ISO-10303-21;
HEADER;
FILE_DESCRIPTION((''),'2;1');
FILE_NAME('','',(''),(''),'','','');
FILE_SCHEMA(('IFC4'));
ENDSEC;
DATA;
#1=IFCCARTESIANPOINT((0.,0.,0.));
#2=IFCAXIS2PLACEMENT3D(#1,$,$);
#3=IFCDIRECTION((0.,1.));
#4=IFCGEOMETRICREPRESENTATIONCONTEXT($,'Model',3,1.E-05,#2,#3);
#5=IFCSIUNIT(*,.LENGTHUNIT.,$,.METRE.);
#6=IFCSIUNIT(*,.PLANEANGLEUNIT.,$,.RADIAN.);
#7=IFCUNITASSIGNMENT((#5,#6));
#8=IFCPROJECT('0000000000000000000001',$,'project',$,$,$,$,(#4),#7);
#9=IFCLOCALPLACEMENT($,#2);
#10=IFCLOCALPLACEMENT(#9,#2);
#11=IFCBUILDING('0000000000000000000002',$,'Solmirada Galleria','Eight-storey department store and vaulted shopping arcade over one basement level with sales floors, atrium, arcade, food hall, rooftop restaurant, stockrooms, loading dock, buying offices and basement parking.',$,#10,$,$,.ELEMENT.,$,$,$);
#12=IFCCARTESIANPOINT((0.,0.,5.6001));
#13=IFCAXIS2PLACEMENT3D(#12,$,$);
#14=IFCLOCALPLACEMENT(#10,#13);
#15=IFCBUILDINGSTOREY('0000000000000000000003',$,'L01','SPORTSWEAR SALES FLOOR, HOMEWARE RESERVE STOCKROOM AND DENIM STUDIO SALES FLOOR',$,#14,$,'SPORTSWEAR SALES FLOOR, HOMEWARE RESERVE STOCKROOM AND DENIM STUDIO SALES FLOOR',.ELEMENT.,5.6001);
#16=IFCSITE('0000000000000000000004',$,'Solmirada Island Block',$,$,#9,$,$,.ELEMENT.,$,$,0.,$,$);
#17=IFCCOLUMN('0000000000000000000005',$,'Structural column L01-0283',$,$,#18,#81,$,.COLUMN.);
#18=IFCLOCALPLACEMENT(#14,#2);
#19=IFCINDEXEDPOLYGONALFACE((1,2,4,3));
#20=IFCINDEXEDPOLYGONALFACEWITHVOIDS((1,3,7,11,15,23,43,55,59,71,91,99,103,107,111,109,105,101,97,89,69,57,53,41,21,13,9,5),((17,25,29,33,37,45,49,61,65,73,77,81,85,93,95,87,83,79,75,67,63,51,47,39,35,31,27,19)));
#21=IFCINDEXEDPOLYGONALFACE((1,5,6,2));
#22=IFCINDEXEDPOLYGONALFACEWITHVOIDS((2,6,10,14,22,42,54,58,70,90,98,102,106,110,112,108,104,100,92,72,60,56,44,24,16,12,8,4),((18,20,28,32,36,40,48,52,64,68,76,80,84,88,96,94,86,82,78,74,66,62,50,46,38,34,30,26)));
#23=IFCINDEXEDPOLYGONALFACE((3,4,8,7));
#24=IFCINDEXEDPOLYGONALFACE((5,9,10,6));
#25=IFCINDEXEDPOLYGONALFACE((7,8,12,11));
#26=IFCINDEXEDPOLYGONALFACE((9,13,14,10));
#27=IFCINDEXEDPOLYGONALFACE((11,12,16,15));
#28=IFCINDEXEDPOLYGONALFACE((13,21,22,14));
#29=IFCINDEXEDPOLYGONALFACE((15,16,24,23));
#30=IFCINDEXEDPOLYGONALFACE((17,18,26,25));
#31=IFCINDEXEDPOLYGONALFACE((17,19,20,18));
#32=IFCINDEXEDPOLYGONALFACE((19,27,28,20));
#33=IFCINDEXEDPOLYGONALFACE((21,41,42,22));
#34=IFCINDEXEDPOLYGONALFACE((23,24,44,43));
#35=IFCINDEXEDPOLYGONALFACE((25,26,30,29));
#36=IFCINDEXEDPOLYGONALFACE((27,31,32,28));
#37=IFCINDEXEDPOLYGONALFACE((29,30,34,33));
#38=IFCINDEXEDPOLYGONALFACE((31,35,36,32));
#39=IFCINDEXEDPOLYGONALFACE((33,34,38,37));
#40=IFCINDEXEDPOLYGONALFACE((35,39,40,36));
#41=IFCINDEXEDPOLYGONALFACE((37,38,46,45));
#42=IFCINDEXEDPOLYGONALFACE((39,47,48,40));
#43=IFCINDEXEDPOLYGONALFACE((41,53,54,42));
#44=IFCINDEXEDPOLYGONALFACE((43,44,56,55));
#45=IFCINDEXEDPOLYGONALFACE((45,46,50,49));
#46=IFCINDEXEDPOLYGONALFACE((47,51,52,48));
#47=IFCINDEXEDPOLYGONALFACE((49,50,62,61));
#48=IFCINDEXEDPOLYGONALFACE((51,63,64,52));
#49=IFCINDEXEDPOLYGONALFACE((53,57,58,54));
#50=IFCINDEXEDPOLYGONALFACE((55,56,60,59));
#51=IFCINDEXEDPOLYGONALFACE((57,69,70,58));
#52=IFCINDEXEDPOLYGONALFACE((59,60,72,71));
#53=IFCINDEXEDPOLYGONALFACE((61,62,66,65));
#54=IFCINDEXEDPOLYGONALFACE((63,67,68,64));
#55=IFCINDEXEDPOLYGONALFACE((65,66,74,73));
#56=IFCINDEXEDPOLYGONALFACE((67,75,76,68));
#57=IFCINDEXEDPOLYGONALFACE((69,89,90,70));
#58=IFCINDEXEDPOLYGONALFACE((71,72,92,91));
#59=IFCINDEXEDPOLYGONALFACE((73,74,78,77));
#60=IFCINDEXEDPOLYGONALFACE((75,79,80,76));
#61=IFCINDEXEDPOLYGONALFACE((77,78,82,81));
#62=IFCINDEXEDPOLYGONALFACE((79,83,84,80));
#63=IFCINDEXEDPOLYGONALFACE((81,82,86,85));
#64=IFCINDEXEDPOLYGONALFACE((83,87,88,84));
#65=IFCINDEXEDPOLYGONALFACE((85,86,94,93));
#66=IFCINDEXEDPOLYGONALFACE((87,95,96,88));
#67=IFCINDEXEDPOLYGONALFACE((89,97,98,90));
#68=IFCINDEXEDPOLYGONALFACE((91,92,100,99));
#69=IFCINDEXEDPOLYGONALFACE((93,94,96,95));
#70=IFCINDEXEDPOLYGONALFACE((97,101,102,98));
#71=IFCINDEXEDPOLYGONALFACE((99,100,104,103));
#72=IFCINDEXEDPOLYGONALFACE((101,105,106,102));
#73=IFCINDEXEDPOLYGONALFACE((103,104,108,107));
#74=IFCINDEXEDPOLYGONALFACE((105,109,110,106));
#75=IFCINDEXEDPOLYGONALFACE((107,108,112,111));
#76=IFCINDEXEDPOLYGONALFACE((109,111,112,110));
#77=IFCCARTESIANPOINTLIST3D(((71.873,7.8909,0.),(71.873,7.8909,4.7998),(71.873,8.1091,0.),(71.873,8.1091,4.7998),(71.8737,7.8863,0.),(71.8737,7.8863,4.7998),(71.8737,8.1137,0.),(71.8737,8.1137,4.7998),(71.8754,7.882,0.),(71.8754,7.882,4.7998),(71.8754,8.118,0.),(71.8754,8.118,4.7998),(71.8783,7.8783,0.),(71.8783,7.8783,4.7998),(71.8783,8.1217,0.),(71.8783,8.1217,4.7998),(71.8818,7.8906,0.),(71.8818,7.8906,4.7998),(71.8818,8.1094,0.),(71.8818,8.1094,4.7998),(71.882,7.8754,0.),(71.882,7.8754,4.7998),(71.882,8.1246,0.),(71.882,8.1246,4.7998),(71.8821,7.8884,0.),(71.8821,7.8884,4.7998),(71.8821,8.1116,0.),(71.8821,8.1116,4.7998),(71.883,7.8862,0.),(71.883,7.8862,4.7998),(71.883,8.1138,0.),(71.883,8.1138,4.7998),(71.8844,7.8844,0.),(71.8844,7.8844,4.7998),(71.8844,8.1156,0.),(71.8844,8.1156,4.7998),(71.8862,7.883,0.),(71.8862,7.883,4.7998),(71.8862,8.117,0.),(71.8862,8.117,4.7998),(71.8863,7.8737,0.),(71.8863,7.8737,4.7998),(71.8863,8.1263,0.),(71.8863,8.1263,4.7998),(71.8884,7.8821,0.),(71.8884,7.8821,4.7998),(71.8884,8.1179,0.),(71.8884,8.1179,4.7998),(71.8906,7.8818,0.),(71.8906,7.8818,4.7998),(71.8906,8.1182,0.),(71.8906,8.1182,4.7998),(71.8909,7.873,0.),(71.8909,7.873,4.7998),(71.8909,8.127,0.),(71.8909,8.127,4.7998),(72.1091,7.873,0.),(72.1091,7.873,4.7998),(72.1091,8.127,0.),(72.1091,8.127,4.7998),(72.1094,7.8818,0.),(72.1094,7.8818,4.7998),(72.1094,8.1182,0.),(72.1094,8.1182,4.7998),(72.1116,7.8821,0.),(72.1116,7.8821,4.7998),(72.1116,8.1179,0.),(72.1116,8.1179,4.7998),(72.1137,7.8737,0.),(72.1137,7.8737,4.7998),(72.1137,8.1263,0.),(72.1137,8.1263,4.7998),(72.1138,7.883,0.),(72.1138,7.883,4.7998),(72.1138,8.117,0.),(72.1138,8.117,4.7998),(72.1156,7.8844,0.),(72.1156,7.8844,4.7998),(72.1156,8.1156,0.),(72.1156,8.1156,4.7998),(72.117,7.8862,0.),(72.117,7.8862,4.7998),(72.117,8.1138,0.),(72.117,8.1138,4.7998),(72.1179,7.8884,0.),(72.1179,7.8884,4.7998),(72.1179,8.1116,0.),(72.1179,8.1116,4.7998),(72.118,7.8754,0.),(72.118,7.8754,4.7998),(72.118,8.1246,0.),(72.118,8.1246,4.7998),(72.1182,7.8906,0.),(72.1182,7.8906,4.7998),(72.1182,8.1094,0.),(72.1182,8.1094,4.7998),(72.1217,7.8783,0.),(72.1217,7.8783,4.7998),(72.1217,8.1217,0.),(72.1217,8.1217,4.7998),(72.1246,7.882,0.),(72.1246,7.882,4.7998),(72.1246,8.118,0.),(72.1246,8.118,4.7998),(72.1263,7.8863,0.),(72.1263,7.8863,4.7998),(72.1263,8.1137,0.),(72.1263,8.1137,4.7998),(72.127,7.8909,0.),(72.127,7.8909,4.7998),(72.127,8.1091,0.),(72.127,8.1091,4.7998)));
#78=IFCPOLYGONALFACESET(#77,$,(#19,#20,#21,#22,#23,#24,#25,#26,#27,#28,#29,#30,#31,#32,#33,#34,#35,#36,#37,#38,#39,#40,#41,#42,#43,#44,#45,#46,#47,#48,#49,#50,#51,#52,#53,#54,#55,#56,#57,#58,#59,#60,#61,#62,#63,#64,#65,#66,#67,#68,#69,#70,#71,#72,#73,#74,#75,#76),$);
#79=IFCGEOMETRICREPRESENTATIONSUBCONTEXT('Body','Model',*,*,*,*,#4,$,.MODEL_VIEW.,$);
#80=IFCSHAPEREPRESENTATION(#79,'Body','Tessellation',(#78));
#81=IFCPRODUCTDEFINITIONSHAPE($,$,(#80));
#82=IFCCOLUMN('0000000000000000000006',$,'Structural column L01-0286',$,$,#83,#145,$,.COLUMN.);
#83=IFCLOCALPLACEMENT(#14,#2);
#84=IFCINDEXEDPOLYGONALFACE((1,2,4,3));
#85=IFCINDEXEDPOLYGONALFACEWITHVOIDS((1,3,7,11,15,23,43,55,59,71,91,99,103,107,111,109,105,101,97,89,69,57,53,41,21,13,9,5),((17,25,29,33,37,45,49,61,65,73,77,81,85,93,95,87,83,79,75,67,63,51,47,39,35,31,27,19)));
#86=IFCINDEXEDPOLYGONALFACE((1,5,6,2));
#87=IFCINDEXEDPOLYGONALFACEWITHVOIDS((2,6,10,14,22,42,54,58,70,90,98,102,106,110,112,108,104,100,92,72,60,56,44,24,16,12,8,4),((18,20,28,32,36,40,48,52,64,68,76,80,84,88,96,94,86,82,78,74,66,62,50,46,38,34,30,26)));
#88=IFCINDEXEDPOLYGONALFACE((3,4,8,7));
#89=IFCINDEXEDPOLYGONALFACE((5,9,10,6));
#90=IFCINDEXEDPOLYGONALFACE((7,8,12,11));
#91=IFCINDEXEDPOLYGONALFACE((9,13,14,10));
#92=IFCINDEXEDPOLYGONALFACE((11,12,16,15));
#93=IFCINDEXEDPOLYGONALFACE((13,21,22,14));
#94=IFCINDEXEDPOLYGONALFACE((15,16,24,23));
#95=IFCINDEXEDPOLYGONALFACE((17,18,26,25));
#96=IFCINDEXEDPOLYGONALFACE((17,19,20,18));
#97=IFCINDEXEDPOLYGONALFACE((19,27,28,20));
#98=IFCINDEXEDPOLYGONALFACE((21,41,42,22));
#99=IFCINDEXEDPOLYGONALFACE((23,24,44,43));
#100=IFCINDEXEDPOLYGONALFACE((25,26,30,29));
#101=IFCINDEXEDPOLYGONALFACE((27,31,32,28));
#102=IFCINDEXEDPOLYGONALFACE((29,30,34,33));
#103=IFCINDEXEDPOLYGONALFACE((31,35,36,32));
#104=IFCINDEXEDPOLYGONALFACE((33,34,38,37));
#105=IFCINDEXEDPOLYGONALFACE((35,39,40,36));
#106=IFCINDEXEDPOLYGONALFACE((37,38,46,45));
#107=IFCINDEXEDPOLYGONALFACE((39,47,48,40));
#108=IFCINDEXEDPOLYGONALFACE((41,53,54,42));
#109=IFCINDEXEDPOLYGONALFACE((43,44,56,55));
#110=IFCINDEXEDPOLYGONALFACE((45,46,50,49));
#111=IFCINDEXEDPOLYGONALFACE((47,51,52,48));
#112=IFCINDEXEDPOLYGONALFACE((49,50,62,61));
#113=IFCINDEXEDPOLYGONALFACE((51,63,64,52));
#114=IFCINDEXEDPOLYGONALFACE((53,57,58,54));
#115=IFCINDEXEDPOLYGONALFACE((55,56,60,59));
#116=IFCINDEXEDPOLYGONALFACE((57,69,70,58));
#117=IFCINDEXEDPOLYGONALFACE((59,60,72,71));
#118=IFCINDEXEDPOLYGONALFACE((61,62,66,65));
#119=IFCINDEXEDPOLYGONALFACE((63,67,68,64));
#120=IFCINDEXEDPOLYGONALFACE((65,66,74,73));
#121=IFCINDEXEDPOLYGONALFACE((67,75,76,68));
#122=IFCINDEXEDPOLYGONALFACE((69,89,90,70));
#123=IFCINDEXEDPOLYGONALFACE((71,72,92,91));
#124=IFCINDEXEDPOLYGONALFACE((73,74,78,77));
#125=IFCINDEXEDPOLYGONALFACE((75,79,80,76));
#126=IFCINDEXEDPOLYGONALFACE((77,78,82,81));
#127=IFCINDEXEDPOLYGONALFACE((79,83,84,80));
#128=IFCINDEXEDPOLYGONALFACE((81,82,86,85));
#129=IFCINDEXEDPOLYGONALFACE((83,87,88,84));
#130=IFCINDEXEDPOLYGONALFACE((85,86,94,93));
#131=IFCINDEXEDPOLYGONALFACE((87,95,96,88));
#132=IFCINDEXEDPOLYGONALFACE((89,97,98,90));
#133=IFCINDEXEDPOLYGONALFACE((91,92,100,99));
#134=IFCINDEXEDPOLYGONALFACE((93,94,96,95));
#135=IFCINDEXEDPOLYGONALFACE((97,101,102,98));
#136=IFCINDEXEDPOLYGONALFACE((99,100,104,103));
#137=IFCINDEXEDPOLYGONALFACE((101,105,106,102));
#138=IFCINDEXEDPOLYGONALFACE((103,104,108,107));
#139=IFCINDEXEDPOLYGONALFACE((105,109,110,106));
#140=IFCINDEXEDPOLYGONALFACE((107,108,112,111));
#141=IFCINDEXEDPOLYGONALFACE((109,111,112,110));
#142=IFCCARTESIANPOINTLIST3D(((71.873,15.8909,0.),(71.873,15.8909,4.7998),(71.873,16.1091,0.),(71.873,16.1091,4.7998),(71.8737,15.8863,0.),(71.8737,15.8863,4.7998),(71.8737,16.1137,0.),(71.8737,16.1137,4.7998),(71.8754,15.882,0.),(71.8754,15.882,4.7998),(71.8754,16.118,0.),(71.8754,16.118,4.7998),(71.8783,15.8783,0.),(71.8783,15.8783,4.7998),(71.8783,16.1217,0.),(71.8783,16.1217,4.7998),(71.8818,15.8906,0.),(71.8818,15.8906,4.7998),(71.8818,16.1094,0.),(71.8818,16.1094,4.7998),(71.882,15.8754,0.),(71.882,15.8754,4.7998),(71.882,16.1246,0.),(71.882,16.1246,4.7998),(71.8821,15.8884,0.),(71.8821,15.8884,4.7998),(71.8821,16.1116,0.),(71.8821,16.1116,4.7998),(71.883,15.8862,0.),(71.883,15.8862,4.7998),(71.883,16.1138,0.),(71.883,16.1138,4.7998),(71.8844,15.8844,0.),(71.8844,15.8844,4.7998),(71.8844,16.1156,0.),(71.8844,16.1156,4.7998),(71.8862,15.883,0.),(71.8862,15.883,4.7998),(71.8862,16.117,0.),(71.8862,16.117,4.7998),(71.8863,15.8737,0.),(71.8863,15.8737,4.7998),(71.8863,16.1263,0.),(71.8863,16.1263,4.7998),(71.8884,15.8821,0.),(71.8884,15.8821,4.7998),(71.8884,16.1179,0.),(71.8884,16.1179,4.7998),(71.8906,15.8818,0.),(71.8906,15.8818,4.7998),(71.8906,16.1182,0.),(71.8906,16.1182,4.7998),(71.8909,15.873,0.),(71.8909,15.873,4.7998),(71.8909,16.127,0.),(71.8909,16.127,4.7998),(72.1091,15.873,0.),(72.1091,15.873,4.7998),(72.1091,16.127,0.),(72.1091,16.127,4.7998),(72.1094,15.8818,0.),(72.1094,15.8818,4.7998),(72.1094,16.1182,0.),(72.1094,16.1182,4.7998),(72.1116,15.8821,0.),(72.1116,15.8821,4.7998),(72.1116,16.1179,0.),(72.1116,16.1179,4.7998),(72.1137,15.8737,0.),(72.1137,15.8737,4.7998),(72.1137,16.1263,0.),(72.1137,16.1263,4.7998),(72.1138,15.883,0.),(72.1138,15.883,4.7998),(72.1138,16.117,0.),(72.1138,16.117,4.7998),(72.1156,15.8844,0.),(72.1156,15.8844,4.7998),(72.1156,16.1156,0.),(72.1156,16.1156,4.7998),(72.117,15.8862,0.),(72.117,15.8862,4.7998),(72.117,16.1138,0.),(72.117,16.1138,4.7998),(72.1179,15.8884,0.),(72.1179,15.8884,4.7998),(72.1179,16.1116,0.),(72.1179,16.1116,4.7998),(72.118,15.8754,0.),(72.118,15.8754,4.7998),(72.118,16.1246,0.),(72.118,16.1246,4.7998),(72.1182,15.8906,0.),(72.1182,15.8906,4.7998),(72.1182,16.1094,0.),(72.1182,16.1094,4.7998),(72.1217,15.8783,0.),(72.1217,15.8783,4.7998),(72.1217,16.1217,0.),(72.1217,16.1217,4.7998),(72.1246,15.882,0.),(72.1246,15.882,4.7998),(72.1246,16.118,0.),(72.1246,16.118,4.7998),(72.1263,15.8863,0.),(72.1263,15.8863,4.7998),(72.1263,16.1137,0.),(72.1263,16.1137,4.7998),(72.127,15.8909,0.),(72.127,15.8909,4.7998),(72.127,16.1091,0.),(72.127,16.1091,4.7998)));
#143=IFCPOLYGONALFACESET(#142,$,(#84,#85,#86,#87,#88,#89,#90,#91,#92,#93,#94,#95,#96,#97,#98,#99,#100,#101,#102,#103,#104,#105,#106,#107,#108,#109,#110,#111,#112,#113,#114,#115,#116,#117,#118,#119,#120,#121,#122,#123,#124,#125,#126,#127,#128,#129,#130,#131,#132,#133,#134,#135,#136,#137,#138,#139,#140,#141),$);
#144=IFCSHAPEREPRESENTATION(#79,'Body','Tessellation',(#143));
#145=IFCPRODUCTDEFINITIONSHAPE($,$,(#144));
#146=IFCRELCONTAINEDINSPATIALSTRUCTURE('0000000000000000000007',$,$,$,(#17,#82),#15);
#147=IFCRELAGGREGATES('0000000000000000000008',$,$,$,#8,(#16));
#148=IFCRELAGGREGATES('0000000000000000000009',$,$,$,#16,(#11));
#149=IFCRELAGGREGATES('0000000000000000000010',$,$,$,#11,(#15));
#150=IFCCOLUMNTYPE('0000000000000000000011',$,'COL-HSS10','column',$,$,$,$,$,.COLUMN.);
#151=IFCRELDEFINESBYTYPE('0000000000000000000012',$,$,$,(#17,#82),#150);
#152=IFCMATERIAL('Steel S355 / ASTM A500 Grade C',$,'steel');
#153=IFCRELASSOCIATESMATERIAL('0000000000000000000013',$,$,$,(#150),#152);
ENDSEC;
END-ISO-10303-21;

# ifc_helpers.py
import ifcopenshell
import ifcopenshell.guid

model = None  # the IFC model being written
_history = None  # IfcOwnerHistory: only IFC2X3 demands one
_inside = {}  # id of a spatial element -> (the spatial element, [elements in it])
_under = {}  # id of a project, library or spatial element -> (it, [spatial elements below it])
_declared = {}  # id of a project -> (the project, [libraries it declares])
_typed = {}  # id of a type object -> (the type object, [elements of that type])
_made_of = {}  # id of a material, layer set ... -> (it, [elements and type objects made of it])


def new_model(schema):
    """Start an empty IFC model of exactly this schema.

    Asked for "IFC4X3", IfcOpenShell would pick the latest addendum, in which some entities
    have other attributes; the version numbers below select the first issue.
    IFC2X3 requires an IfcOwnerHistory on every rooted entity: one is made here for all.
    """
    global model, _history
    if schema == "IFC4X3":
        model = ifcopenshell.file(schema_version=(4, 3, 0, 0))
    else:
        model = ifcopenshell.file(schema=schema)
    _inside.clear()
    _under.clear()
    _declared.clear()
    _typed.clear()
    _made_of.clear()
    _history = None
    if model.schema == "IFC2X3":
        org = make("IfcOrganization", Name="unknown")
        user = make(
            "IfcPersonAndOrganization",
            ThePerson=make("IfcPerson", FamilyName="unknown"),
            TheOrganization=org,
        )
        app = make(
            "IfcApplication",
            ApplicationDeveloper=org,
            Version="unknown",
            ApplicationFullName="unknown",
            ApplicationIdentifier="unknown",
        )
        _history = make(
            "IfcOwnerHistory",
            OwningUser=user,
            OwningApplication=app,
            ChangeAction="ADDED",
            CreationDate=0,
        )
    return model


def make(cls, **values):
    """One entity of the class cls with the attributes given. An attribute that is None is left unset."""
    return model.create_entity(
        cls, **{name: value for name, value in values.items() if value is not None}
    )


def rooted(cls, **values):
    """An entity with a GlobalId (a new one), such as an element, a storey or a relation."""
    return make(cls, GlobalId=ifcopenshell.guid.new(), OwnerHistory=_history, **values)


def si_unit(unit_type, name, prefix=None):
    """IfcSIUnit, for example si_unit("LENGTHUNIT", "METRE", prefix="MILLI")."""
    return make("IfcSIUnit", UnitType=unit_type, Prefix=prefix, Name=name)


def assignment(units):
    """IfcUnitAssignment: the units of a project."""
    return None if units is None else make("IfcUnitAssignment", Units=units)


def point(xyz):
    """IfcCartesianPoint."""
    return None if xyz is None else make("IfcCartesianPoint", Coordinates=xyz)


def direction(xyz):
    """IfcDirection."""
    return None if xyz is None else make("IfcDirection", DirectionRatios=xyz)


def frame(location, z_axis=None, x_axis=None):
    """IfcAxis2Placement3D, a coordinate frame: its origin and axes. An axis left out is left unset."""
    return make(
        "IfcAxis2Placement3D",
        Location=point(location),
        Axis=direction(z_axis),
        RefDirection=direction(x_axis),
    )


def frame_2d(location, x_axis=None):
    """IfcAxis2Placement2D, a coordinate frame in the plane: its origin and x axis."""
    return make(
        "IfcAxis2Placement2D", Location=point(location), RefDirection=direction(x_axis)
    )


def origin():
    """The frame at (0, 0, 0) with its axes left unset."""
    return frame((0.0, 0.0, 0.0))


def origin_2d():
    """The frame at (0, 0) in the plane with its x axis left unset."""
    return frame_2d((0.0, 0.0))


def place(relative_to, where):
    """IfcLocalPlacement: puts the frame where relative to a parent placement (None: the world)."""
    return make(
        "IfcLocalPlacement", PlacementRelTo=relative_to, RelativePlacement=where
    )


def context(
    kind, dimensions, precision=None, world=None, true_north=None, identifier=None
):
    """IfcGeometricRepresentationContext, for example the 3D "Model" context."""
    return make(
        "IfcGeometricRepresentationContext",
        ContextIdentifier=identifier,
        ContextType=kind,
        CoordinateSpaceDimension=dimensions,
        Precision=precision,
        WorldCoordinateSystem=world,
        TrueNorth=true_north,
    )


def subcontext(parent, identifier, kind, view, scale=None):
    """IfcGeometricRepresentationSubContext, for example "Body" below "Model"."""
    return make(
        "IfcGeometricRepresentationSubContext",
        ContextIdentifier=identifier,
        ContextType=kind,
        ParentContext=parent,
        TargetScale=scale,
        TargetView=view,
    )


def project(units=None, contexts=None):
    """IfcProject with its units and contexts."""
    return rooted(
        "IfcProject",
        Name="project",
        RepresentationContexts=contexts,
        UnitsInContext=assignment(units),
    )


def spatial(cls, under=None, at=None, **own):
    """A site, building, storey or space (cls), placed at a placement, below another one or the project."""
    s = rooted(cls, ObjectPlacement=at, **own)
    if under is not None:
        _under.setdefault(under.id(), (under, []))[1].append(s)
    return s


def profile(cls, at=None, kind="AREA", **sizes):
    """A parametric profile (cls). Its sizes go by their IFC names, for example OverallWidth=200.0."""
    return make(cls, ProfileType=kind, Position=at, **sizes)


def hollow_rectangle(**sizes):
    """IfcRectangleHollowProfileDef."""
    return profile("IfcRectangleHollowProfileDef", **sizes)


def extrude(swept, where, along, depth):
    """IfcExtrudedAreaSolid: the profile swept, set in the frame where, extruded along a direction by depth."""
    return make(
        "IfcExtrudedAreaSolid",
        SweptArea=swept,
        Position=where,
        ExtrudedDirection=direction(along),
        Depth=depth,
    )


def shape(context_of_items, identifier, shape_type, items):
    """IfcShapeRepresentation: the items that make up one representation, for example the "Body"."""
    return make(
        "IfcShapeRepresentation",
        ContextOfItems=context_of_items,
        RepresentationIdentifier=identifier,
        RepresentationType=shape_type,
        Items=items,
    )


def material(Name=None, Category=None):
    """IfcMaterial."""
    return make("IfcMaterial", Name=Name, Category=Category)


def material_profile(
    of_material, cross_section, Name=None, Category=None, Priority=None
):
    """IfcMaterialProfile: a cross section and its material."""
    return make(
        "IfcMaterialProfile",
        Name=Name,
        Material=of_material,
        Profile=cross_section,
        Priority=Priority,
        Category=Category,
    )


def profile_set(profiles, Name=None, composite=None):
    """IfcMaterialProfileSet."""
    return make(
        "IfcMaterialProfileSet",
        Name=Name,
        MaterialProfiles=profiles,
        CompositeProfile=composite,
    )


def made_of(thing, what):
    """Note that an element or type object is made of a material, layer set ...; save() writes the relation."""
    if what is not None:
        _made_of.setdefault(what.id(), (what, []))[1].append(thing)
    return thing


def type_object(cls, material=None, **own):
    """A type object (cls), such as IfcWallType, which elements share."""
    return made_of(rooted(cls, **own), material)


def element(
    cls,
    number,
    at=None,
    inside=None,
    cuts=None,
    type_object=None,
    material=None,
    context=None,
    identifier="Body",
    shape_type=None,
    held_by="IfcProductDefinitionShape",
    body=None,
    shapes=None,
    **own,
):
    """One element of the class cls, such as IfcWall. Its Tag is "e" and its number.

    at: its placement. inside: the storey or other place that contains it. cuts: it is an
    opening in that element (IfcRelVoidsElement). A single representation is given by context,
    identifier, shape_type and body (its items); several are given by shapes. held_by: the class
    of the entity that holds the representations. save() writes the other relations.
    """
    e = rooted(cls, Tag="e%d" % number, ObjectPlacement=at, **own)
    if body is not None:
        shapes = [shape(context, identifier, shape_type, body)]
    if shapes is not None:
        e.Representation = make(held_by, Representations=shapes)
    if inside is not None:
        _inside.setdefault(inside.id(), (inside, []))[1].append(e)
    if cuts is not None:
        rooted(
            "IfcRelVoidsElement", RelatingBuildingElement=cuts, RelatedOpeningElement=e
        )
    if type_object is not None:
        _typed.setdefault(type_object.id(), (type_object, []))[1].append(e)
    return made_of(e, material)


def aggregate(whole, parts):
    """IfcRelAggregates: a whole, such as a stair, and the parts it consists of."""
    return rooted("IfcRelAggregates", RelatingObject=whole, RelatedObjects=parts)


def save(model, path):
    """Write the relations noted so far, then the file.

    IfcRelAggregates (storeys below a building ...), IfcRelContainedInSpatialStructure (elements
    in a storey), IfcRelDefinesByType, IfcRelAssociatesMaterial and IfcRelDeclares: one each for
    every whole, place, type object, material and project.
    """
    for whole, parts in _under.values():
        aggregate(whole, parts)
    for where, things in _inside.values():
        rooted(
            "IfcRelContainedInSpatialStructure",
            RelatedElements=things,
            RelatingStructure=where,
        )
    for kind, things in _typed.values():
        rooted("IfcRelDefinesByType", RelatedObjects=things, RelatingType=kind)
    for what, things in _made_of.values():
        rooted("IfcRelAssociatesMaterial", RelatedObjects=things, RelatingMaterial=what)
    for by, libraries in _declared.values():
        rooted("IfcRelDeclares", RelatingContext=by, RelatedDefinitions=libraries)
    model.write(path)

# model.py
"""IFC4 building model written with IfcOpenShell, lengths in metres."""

from ifc_helpers import new_model, si_unit, direction, frame, origin, origin_2d, place, context, subcontext, project, spatial, hollow_rectangle, extrude, material, material_profile, profile_set, type_object, element, save


model = new_model("IFC4")

# Units and contexts
model_context = context("Model", 3, precision=1e-05, world=origin(), true_north=direction((0.0, 1.0)))
body_context = subcontext(model_context, "Body", "Model", "MODEL_VIEW")
ifc_project = project(units=[si_unit("LENGTHUNIT", "METRE"), si_unit("PLANEANGLEUNIT", "RADIAN")], contexts=[model_context])

# Site, building, storey
site_placement = place(None, origin())
site = spatial("IfcSite", under=ifc_project, at=site_placement, Name="Solmirada Island Block", CompositionType="ELEMENT", RefElevation=0.0)
building_placement = place(site_placement, origin())
building = spatial("IfcBuilding", under=site, at=building_placement, Name="Solmirada Galleria", Description="Eight-storey department store and vaulted shopping arcade over one basement level with sales floors, atrium, arcade, food hall, rooftop restaurant, stockrooms, loading dock, buying offices and basement parking.", CompositionType="ELEMENT")
storey_placement = place(building_placement, frame((0.0, 0.0, 5.6001)))
storey = spatial("IfcBuildingStorey", under=building, at=storey_placement, Name="L01", Description="SPORTSWEAR SALES FLOOR, HOMEWARE RESERVE STOCKROOM AND DENIM STUDIO SALES FLOOR", LongName="SPORTSWEAR SALES FLOOR, HOMEWARE RESERVE STOCKROOM AND DENIM STUDIO SALES FLOOR", CompositionType="ELEMENT", Elevation=5.6001)

# Columns
ifc_material_1 = material(Name="Steel S355 / ASTM A500 Grade C", Category="steel")
ifc_material_profile_1 = material_profile(ifc_material_1, hollow_rectangle(XDim=0.2539, YDim=0.2539, WallThickness=0.0088, InnerFilletRadius=0.0088, OuterFilletRadius=0.0178, at=origin_2d()), Name="HSS10X10X3/8")
ifc_profile_set_1 = profile_set([ifc_material_profile_1], Name="Steel S355 / ASTM A500 Grade C")
column_type_1 = type_object("IfcColumnType", Name="COL-HSS10", Description="column", PredefinedType="COLUMN", material=ifc_profile_set_1)
for number, where, z_axis, x_axis, name in (
    (1, (72.0, 8.0, 0.0), (0.0, 0.0, 1.0), (1.0, 0.0, 0.0), "Structural column L01-0283"),
    (2, (72.0, 16.0, 0.0), (0.0, 0.0, 1.0), (1.0, 0.0, 0.0), "Structural column L01-0286"),
):
    element("IfcColumn", number, at=place(storey_placement, frame(where, z_axis=z_axis, x_axis=x_axis)), inside=storey, type_object=column_type_1, Name=name, PredefinedType="COLUMN", context=body_context, shape_type="SweptSolid", body=[
        extrude(hollow_rectangle(XDim=0.2539, YDim=0.2539, WallThickness=0.0088, InnerFilletRadius=0.0088, OuterFilletRadius=0.0178, at=origin_2d()), origin(), (0.0, 0.0, 1.0), 4.7998),
    ])

save(model, "model.ifc")
